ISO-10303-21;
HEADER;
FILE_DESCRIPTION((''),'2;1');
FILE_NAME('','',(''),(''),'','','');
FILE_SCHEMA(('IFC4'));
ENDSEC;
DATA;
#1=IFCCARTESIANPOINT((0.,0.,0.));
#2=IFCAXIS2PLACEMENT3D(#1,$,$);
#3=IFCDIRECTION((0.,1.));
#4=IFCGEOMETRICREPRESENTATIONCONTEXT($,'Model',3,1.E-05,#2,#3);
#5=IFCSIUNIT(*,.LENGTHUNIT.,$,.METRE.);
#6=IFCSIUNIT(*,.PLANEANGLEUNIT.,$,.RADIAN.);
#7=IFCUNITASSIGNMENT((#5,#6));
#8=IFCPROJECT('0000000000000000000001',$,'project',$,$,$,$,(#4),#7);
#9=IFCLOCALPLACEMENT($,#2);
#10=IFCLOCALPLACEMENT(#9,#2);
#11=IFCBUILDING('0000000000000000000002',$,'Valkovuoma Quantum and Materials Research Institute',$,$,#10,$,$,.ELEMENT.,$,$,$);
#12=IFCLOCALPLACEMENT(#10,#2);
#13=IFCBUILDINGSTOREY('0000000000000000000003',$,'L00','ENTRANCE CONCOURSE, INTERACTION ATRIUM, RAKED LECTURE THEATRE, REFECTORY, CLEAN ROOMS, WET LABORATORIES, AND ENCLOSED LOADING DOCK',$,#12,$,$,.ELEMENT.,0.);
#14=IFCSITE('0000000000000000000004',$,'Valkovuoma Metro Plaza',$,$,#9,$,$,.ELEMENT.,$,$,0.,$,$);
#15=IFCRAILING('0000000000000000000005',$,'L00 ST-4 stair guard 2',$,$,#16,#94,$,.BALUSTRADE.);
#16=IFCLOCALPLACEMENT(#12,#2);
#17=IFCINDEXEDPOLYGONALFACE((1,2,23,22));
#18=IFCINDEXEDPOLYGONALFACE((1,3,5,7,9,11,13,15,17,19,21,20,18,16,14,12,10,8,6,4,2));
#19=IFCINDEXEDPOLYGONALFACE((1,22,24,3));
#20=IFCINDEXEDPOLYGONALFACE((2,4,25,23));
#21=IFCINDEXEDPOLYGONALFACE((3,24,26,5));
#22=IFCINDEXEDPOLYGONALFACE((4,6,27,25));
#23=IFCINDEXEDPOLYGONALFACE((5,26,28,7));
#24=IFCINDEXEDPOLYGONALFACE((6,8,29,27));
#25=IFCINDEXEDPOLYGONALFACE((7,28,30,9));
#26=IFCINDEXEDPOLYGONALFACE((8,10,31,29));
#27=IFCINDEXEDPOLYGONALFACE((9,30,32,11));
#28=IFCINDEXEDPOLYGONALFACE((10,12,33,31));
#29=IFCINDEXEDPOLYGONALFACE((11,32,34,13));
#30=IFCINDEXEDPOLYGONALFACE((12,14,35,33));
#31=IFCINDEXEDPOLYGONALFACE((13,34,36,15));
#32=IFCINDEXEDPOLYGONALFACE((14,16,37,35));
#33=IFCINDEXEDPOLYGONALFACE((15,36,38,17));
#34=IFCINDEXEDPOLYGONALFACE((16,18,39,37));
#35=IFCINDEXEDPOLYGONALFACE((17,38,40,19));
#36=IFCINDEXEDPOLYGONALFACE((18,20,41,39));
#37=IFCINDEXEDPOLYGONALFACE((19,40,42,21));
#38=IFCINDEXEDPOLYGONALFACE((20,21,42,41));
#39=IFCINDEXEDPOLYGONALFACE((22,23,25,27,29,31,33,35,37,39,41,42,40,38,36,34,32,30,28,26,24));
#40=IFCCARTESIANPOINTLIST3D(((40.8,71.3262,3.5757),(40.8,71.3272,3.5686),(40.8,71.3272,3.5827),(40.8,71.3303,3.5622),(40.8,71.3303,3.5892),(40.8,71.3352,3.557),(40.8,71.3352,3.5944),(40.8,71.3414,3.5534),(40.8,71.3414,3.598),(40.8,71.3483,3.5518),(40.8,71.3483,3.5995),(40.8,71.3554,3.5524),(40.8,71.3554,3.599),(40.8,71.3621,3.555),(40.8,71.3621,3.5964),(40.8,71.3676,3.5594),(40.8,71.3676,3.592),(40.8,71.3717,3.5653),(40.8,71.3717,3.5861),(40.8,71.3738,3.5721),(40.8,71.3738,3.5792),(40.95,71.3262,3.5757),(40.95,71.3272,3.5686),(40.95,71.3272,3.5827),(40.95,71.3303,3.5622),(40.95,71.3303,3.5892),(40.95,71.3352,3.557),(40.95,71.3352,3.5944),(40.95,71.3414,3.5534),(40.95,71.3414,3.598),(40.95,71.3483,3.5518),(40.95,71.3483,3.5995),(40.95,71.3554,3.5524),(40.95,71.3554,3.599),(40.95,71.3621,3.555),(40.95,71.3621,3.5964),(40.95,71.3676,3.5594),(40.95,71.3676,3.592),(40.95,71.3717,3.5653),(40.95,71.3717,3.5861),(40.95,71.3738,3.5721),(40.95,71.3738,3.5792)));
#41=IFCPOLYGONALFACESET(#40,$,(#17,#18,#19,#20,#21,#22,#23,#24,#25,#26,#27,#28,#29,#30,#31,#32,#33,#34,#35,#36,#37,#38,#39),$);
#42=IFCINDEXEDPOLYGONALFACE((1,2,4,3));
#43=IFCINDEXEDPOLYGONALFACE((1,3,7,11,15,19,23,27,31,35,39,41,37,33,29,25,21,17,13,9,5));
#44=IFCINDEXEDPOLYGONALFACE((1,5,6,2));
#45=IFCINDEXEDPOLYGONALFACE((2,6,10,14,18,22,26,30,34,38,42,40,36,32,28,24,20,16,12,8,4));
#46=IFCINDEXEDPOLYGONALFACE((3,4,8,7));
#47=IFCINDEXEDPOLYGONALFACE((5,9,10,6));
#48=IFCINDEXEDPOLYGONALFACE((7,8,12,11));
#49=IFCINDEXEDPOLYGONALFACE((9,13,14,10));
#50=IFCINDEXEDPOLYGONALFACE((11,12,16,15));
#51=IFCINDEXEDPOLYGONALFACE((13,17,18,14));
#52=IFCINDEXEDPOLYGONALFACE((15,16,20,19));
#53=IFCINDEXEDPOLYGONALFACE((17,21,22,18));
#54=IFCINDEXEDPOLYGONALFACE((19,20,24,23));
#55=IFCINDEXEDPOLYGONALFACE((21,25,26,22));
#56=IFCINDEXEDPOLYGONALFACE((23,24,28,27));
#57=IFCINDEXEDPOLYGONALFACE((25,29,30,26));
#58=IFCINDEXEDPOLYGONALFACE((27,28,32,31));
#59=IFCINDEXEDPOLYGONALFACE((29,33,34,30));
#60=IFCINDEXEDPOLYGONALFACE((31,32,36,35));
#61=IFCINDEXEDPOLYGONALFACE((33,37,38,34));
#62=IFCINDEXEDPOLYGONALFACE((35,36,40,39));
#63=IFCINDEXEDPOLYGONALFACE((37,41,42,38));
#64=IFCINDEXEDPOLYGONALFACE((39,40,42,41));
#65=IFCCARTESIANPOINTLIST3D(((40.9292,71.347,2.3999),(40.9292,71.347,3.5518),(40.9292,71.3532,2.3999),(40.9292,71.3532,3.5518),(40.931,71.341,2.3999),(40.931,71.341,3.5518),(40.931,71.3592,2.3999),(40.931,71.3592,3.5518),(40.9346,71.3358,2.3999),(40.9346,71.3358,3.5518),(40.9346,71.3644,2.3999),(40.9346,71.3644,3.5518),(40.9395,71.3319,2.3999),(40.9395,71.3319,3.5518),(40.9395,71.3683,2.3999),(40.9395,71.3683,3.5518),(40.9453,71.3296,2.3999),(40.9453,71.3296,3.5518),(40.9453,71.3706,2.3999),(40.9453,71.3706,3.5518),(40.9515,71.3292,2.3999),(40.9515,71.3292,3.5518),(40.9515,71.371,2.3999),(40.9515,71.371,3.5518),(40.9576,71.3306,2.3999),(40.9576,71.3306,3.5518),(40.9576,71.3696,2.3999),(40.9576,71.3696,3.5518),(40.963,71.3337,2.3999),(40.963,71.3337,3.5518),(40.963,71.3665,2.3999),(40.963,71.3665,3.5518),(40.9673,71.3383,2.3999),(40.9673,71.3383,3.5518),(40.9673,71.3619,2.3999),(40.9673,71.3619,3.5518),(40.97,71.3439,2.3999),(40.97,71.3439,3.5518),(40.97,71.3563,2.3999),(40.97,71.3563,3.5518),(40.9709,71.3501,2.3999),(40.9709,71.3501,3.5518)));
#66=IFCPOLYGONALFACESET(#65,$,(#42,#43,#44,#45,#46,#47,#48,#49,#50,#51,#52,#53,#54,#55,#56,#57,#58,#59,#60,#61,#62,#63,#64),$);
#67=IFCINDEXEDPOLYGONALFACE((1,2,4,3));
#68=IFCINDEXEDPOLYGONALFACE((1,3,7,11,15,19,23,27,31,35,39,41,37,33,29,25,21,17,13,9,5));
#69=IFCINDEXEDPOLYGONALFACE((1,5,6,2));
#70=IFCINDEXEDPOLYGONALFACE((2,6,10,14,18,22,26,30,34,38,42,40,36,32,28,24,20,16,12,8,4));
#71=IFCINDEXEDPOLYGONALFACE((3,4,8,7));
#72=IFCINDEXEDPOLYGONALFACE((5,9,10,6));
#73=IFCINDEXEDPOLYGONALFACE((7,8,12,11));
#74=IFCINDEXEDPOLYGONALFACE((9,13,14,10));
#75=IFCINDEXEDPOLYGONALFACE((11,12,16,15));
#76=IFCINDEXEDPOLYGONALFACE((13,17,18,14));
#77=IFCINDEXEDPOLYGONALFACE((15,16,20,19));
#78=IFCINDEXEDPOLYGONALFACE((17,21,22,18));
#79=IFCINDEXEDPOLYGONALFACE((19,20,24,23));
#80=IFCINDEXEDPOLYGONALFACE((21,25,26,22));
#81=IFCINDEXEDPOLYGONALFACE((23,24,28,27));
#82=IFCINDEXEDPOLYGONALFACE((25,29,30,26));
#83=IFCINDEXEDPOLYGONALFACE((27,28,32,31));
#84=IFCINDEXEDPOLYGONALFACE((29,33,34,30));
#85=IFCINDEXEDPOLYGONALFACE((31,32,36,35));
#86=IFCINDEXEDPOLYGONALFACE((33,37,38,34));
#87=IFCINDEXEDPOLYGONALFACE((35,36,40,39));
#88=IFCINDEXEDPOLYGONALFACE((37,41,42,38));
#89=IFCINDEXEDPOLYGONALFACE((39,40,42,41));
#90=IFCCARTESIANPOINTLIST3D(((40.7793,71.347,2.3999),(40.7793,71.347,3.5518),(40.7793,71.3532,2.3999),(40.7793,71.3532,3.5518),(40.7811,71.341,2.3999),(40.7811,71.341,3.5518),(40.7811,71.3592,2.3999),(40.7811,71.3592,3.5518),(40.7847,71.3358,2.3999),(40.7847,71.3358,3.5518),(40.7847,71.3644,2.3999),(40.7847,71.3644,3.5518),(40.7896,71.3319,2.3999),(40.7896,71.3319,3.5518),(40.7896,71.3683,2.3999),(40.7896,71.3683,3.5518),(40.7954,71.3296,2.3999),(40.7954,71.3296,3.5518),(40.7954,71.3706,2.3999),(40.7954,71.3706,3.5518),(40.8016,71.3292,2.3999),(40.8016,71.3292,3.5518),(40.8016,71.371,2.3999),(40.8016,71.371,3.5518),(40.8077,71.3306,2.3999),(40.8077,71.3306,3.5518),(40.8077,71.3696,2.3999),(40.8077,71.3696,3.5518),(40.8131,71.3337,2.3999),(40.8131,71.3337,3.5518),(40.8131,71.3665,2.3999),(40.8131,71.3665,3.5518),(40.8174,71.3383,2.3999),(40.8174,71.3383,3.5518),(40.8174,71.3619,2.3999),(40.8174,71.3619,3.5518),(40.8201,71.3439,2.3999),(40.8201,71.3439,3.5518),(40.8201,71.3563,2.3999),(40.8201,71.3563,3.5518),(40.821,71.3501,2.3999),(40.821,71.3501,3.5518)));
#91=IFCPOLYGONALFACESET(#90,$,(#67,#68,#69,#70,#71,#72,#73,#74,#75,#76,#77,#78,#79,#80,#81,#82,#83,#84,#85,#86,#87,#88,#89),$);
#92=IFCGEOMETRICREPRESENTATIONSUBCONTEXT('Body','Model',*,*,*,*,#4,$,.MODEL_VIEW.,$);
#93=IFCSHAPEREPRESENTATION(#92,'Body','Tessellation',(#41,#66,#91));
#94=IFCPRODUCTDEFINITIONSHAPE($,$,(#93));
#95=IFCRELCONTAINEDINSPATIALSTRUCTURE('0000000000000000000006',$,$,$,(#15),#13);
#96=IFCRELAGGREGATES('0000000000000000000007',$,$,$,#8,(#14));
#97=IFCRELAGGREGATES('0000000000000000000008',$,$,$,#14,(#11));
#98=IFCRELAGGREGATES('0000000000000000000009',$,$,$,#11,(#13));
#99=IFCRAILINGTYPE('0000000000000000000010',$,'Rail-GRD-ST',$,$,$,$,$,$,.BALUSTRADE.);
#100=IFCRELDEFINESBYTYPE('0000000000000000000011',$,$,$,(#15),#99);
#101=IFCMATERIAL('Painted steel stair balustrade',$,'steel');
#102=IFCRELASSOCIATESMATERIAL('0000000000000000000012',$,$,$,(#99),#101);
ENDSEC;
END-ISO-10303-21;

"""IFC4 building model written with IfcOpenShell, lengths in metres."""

from ifc_helpers import new_model, si_unit, direction, frame, origin, origin_2d, place, context, subcontext, project, spatial, circle, extrude, material, type_object, element, save


model = new_model("IFC4")

# Units and contexts
model_context = context("Model", 3, precision=1e-05, world=origin(), true_north=direction((0.0, 1.0)))
body_context = subcontext(model_context, "Body", "Model", "MODEL_VIEW")
ifc_project = project(units=[si_unit("LENGTHUNIT", "METRE"), si_unit("PLANEANGLEUNIT", "RADIAN")], contexts=[model_context])

# Site, building, storey
site_placement = place(None, origin())
site = spatial("IfcSite", under=ifc_project, at=site_placement, Name="Valkovuoma Metro Plaza", CompositionType="ELEMENT", RefElevation=0.0)
building_placement = place(site_placement, origin())
building = spatial("IfcBuilding", under=site, at=building_placement, Name="Valkovuoma Quantum and Materials Research Institute", CompositionType="ELEMENT")
storey_placement = place(building_placement, origin())
storey = spatial("IfcBuildingStorey", under=building, at=storey_placement, Name="L00", Description="ENTRANCE CONCOURSE, INTERACTION ATRIUM, RAKED LECTURE THEATRE, REFECTORY, CLEAN ROOMS, WET LABORATORIES, AND ENCLOSED LOADING DOCK", CompositionType="ELEMENT", Elevation=0.0)

# Railing
ifc_material_1 = material(Name="Painted steel stair balustrade", Category="steel")
railing_type_1 = type_object("IfcRailingType", Name="Rail-GRD-ST", PredefinedType="BALUSTRADE", material=ifc_material_1)
railing_1_placement = place(storey_placement, frame((40.95, 71.3501, 2.3999)))
element("IfcRailing", 1, at=railing_1_placement, inside=storey, type_object=railing_type_1, Name="L00 ST-4 stair guard 2", PredefinedType="BALUSTRADE", context=body_context, shape_type="SweptSolid", body=[
    extrude(circle(Radius=0.0239, at=origin_2d()), frame((0.0, 0.0, 1.1758), z_axis=(-1.0, 0.0, 0.0), x_axis=(0.0, -1.0, 0.0)), (0.0, 0.0, 1.0), 0.1499),
    extrude(circle(Radius=0.021, at=origin_2d()), origin(), (0.0, 0.0, 1.0), 1.1519),
    extrude(circle(Radius=0.021, at=origin_2d()), frame((-0.1499, 0.0, 0.0)), (0.0, 0.0, 1.0), 1.1519),
])

save(model, "model.ifc")
